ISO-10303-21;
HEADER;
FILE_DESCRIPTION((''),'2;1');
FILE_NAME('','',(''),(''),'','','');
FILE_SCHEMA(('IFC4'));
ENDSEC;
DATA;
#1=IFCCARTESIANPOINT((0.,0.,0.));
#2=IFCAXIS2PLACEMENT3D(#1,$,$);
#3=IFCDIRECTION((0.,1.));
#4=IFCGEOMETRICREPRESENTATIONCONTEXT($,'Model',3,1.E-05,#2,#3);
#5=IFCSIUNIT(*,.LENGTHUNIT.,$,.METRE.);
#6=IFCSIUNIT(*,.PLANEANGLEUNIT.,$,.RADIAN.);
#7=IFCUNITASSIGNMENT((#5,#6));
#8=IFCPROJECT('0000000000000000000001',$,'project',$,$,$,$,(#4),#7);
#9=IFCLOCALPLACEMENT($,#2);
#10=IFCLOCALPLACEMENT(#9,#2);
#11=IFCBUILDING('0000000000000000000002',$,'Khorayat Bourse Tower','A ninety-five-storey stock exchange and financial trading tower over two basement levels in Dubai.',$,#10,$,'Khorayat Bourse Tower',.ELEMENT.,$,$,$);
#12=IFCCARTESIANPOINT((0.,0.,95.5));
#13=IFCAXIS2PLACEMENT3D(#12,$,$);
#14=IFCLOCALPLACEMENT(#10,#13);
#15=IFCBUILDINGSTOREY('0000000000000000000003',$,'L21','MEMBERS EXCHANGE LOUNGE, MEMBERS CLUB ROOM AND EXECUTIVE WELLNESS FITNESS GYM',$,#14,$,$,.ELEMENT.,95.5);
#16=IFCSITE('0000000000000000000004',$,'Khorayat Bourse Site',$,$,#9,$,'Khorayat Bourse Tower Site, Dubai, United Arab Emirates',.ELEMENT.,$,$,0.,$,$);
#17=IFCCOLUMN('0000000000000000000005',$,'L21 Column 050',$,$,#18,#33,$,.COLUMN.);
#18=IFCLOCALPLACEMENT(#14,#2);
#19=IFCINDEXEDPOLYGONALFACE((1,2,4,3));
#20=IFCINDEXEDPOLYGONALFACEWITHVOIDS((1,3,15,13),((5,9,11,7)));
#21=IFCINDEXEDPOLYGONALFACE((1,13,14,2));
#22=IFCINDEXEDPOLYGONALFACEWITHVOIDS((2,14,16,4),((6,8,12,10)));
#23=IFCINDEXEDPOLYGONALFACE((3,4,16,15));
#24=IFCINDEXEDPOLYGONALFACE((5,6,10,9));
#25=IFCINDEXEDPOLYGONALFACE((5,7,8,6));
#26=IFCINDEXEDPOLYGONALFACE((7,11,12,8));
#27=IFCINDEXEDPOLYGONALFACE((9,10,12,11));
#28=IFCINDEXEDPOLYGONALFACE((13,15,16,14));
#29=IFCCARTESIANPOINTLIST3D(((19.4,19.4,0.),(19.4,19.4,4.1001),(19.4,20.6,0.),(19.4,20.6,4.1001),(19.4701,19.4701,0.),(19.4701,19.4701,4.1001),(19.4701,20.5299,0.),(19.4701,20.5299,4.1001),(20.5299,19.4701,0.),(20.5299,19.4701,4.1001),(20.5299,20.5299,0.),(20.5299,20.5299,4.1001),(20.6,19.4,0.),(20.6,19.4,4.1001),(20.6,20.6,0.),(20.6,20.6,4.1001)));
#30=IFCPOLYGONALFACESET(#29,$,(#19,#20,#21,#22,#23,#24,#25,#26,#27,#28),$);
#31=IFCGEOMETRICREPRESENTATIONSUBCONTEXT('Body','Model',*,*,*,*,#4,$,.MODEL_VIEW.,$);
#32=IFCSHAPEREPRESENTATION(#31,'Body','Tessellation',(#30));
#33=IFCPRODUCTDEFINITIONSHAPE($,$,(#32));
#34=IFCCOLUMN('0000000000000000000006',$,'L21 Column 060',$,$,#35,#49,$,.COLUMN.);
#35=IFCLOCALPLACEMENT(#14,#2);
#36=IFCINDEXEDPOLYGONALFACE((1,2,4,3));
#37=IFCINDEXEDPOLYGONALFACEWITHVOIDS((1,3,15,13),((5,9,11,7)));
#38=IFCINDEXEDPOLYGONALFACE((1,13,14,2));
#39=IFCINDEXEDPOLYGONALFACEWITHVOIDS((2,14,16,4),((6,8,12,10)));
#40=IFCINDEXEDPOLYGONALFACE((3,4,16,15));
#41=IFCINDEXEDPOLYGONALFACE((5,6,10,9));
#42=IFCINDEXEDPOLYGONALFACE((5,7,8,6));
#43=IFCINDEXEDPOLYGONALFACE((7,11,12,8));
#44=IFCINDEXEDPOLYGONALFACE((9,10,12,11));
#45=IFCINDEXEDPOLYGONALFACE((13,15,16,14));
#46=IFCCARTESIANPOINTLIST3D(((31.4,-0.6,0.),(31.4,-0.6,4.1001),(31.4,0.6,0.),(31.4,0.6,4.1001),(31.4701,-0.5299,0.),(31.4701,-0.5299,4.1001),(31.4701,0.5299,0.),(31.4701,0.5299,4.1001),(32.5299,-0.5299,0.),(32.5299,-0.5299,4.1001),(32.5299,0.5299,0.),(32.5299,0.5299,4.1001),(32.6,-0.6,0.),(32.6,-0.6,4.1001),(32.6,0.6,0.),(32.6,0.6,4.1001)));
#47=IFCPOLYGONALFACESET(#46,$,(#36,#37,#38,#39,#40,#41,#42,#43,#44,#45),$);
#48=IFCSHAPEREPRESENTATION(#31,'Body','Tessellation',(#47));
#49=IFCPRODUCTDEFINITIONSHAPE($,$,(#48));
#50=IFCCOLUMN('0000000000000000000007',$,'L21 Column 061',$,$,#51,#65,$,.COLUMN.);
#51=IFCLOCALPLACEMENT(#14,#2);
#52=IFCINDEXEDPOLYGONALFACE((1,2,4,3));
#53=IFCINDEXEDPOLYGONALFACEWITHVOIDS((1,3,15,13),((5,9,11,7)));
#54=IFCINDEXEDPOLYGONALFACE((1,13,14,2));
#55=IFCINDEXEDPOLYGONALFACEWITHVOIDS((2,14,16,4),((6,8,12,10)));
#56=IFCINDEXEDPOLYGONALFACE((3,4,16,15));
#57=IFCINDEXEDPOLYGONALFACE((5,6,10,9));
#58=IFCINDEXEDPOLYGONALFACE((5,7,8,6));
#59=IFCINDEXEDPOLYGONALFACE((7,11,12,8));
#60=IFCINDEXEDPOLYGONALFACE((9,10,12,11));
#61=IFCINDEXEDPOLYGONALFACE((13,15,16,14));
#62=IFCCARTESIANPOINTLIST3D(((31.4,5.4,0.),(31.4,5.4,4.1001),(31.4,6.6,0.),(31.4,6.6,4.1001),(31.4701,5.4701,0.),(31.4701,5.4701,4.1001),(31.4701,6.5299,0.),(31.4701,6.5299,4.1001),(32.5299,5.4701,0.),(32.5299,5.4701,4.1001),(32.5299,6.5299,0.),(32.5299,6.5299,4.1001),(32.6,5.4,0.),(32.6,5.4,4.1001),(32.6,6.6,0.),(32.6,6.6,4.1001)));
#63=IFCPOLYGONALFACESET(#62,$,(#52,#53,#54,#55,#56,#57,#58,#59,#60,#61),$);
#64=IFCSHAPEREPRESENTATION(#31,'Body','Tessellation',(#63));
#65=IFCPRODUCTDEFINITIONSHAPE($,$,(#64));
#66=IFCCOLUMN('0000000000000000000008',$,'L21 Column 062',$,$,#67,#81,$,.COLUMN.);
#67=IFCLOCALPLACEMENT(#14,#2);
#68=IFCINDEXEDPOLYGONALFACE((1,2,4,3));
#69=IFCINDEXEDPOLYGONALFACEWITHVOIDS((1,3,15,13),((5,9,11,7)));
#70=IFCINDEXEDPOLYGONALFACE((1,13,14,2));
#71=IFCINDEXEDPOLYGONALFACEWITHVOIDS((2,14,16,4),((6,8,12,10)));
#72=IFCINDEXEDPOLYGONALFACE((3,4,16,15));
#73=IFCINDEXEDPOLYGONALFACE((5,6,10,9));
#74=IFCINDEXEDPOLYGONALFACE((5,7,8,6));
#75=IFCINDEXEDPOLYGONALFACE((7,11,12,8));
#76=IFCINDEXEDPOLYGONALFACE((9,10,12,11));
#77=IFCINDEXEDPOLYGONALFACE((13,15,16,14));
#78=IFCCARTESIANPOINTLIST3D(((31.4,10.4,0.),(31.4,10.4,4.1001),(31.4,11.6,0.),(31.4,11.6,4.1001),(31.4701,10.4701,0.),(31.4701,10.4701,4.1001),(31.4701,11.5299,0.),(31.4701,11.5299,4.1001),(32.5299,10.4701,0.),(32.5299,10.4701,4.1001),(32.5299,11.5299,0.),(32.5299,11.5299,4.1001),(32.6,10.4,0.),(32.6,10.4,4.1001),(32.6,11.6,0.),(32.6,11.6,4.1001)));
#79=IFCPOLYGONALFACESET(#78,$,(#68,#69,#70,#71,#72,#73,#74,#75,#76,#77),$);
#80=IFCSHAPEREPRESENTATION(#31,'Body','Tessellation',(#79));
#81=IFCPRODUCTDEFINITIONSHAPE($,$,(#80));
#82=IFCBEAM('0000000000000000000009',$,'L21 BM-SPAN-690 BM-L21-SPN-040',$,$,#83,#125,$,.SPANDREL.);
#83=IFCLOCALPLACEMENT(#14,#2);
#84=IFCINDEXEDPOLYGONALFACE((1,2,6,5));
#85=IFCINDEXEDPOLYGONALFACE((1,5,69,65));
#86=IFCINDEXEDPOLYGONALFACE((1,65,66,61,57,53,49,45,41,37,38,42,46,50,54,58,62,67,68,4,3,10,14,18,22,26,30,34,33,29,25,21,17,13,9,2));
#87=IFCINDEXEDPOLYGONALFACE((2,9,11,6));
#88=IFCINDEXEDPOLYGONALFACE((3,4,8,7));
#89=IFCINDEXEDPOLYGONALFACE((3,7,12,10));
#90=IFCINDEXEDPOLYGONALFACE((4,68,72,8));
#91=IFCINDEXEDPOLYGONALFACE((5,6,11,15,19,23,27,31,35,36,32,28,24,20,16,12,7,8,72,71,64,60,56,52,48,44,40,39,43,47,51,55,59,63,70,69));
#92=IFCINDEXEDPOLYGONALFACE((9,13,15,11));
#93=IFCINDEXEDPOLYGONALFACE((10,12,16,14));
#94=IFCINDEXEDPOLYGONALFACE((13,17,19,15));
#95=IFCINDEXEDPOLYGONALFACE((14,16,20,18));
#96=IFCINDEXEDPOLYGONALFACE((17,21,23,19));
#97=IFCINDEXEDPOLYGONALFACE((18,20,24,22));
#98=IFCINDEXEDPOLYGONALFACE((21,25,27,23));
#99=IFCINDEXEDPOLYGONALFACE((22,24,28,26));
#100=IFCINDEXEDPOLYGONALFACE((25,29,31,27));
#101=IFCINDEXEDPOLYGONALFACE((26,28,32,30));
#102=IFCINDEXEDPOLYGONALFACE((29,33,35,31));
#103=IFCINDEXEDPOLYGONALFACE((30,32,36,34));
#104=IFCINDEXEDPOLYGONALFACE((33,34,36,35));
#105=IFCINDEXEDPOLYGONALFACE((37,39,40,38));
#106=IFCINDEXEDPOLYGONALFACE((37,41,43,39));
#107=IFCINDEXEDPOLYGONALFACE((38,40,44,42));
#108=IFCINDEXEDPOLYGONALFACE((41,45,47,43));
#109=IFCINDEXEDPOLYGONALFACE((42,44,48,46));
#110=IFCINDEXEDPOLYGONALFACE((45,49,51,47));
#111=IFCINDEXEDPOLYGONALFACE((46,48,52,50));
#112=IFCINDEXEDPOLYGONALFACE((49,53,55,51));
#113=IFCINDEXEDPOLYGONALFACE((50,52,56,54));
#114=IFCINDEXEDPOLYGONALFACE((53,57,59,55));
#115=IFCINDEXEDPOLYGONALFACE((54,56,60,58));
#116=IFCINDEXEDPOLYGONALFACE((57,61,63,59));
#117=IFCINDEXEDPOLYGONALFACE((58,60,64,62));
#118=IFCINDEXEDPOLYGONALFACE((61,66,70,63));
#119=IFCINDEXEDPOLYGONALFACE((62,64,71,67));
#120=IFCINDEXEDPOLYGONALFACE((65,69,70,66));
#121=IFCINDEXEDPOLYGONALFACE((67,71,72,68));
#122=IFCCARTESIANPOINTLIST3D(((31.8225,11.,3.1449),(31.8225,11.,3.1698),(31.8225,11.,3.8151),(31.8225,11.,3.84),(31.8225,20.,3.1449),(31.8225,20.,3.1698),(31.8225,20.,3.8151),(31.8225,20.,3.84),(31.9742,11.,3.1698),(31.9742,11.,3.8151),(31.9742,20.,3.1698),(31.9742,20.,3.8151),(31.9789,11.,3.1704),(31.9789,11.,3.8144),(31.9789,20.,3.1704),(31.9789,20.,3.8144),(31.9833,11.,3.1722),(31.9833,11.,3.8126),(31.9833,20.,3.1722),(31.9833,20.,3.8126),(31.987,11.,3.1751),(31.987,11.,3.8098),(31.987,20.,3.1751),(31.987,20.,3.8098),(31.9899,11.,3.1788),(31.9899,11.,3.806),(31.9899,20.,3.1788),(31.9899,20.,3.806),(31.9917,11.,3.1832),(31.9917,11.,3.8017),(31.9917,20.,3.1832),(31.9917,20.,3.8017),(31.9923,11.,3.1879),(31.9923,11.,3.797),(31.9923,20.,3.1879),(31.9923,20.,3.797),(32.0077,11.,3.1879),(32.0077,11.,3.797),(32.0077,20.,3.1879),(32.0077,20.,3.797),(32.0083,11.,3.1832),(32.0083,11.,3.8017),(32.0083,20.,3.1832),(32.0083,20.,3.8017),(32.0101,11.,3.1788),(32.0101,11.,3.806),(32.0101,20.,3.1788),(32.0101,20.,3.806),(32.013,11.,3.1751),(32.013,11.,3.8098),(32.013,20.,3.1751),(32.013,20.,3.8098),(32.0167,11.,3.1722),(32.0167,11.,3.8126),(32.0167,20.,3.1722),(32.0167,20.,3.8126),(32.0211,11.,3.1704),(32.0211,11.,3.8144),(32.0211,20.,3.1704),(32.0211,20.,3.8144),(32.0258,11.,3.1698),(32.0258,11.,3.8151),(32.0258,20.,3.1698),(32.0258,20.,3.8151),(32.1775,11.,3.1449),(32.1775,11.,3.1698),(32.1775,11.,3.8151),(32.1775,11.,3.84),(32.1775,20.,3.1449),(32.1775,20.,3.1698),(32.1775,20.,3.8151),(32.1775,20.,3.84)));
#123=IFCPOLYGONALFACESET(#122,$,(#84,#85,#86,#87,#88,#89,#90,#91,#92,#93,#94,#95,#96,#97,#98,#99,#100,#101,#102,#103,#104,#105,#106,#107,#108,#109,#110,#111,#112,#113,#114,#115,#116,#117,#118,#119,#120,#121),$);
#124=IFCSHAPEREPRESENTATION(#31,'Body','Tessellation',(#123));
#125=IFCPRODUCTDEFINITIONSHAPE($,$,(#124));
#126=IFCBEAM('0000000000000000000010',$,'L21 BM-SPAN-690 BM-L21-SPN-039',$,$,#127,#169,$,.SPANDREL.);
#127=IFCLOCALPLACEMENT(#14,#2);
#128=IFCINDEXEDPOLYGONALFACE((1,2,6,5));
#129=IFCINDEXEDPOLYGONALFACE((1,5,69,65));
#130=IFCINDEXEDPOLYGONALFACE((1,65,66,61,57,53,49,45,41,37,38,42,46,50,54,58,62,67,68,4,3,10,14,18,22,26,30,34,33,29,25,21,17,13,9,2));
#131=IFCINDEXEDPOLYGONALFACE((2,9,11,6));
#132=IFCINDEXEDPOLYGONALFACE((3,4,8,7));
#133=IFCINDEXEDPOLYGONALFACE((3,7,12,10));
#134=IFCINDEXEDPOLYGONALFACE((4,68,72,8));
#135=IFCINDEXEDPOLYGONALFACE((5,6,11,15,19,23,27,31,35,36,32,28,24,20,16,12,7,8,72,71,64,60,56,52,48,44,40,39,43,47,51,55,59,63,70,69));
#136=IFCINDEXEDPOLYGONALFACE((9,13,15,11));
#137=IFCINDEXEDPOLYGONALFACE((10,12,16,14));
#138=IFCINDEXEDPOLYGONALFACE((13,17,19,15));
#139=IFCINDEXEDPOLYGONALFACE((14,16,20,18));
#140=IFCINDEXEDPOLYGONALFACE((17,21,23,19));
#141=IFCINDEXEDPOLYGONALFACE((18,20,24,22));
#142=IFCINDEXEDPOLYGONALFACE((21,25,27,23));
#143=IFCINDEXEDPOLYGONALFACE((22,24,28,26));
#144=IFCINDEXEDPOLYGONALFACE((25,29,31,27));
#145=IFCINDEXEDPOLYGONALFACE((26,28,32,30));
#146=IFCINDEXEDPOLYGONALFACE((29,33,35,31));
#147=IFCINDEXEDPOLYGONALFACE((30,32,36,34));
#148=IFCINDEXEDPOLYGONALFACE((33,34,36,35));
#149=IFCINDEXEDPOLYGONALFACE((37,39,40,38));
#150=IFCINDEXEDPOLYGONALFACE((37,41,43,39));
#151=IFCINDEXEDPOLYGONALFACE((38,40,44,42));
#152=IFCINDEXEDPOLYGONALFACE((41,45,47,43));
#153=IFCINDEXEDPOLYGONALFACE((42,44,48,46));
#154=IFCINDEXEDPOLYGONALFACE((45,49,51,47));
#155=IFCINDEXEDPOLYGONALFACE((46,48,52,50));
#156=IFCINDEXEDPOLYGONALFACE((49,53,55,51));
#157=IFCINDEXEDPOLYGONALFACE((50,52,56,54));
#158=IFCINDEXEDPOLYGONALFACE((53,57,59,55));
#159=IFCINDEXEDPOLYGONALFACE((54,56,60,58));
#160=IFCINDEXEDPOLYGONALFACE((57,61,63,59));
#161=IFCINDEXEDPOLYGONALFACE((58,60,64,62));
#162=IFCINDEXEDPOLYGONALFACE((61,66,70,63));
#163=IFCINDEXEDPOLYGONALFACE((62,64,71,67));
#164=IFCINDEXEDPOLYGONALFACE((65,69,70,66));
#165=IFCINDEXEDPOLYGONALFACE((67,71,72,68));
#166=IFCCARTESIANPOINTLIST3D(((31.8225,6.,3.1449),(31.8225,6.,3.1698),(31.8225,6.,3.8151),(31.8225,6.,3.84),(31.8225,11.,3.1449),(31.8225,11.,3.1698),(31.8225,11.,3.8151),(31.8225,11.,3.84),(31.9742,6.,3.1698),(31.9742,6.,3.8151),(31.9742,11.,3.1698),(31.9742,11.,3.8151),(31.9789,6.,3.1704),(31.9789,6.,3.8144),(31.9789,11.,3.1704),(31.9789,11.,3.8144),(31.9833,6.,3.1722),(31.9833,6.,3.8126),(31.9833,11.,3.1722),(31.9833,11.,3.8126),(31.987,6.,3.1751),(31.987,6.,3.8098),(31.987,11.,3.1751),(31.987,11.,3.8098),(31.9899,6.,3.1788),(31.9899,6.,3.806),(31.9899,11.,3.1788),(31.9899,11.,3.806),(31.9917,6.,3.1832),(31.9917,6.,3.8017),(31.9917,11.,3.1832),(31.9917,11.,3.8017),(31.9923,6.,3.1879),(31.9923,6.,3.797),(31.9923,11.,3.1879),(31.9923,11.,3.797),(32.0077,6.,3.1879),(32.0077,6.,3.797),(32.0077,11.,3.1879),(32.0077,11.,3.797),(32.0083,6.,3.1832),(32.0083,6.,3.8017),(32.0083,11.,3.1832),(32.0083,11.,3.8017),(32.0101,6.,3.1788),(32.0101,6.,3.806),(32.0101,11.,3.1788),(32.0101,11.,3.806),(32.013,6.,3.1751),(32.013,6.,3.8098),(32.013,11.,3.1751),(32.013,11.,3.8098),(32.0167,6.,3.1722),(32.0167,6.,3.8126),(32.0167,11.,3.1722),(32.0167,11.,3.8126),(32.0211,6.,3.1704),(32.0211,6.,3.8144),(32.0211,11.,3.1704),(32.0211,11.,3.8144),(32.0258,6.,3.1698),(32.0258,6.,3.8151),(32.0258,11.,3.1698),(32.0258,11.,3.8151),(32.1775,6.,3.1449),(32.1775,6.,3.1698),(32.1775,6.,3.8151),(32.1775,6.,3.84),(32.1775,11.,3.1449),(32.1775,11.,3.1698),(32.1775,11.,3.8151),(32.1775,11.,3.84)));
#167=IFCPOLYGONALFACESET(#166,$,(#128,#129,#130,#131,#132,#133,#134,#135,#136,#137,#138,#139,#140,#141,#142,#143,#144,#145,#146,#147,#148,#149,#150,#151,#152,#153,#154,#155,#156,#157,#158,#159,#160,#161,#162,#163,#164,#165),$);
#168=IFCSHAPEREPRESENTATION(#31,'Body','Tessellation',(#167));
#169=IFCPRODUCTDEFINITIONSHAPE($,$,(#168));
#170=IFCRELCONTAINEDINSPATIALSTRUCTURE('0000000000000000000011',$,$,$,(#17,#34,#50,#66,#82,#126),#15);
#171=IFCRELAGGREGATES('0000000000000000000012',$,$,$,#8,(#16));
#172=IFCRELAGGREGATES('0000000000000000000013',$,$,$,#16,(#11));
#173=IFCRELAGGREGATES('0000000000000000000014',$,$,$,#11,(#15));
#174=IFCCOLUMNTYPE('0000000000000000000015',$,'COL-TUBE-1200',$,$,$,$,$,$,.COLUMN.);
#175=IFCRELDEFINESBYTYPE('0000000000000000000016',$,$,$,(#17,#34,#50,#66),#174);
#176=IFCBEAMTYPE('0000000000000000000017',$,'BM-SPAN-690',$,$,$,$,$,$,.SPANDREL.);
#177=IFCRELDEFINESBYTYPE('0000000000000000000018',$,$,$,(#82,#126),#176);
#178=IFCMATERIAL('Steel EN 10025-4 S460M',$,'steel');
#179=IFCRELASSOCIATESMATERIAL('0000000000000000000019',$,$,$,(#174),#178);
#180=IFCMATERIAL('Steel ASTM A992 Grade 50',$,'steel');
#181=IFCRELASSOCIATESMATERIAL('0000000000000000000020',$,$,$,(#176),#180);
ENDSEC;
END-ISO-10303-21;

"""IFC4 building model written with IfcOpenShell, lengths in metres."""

from ifc_helpers import new_model, si_unit, direction, frame, origin, origin_2d, place, context, subcontext, project, spatial, hollow_rectangle, i_section, extrude, source, transform, mapped, material, material_profile, profile_set, type_object, element, save


model = new_model("IFC4")

# Units and contexts
model_context = context("Model", 3, precision=1e-05, world=origin(), true_north=direction((0.0, 1.0)))
body_context = subcontext(model_context, "Body", "Model", "MODEL_VIEW")
ifc_project = project(units=[si_unit("LENGTHUNIT", "METRE"), si_unit("PLANEANGLEUNIT", "RADIAN")], contexts=[model_context])

# Site, building, storey
site_placement = place(None, origin())
site = spatial("IfcSite", under=ifc_project, at=site_placement, Name="Khorayat Bourse Site", LongName="Khorayat Bourse Tower Site, Dubai, United Arab Emirates", CompositionType="ELEMENT", RefElevation=0.0)
building_placement = place(site_placement, origin())
building = spatial("IfcBuilding", under=site, at=building_placement, Name="Khorayat Bourse Tower", Description="A ninety-five-storey stock exchange and financial trading tower over two basement levels in Dubai.", LongName="Khorayat Bourse Tower", CompositionType="ELEMENT")
storey_placement = place(building_placement, frame((0.0, 0.0, 95.5)))
storey = spatial("IfcBuildingStorey", under=building, at=storey_placement, Name="L21", Description="MEMBERS EXCHANGE LOUNGE, MEMBERS CLUB ROOM AND EXECUTIVE WELLNESS FITNESS GYM", CompositionType="ELEMENT", Elevation=95.5)

# Columns
ifc_material_1 = material(Name="Steel EN 10025-4 S460M", Category="steel")
ifc_material_profile_1 = material_profile(ifc_material_1, hollow_rectangle(XDim=1.2, YDim=1.2, WallThickness=0.0701, at=origin_2d()), Name="BOX 1200x1200x70")
ifc_profile_set_1 = profile_set([ifc_material_profile_1], Name="Steel EN 10025-4 S460M")
column_type = type_object("IfcColumnType", Name="COL-TUBE-1200", PredefinedType="COLUMN", material=ifc_profile_set_1)
shared_shape_1 = source(origin(), body_context, "Body", "SweptSolid", [
    extrude(hollow_rectangle(XDim=1.2, YDim=1.2, WallThickness=0.0701, at=origin_2d()), origin(), (0.0, 0.0, 1.0), 4.1001),
])
for number, where, z_axis, x_axis, name in (
    (1, (20.0, 20.0, 0.0), (0.0, 0.0, 1.0), (1.0, 0.0, 0.0), "L21 Column 050"),
    (2, (32.0, 0.0, 0.0), (0.0, 0.0, 1.0), (1.0, 0.0, 0.0), "L21 Column 060"),
    (3, (32.0, 6.0, 0.0), (0.0, 0.0, 1.0), (1.0, 0.0, 0.0), "L21 Column 061"),
    (4, (32.0, 11.0, 0.0), (0.0, 0.0, 1.0), (1.0, 0.0, 0.0), "L21 Column 062"),
):
    element("IfcColumn", number, at=place(storey_placement, frame(where, z_axis=z_axis, x_axis=x_axis)), inside=storey, type_object=column_type, Name=name, PredefinedType="COLUMN", context=body_context, shape_type="MappedRepresentation", body=[
        mapped(shared_shape_1, transform((0.0, 0.0, 0.0), scale=1.0)),
    ])

# Beams
ifc_material_2 = material(Name="Steel ASTM A992 Grade 50", Category="steel")
ifc_material_profile_2 = material_profile(ifc_material_2, i_section(OverallWidth=0.355, OverallDepth=0.6951, WebThickness=0.0154, FlangeThickness=0.0249, FilletRadius=0.0181, at=origin_2d()), Name="W690X217")
ifc_profile_set_2 = profile_set([ifc_material_profile_2], Name="Steel ASTM A992 Grade 50")
beam_type_1 = type_object("IfcBeamType", Name="BM-SPAN-690", PredefinedType="SPANDREL", material=ifc_profile_set_2)
shared_shape_2 = source(origin(), body_context, "Body", "SweptSolid", [
    extrude(i_section(OverallWidth=0.355, OverallDepth=0.6951, WebThickness=0.0154, FlangeThickness=0.0249, FilletRadius=0.0181, at=origin_2d()), origin(), (0.0, 0.0, 1.0), 9.0),
])
beam_1_placement = place(storey_placement, frame((32.0, 11.0, 3.4924), z_axis=(0.0, 1.0, 0.0), x_axis=(-1.0, 0.0, 0.0)))
element("IfcBeam", 5, at=beam_1_placement, inside=storey, type_object=beam_type_1, Name="L21 BM-SPAN-690 BM-L21-SPN-040", PredefinedType="SPANDREL", context=body_context, shape_type="MappedRepresentation", body=[
    mapped(shared_shape_2, transform((0.0, 0.0, 0.0), scale=1.0)),
])
shared_shape_3 = source(origin(), body_context, "Body", "SweptSolid", [
    extrude(i_section(OverallWidth=0.355, OverallDepth=0.6951, WebThickness=0.0154, FlangeThickness=0.0249, FilletRadius=0.0181, at=origin_2d()), origin(), (0.0, 0.0, 1.0), 5.0),
])
beam_2_placement = place(storey_placement, frame((32.0, 6.0, 3.4924), z_axis=(0.0, 1.0, 0.0), x_axis=(-1.0, 0.0, 0.0)))
element("IfcBeam", 6, at=beam_2_placement, inside=storey, type_object=beam_type_1, Name="L21 BM-SPAN-690 BM-L21-SPN-039", PredefinedType="SPANDREL", context=body_context, shape_type="MappedRepresentation", body=[
    mapped(shared_shape_3, transform((0.0, 0.0, 0.0), scale=1.0)),
])

save(model, "model.ifc")
